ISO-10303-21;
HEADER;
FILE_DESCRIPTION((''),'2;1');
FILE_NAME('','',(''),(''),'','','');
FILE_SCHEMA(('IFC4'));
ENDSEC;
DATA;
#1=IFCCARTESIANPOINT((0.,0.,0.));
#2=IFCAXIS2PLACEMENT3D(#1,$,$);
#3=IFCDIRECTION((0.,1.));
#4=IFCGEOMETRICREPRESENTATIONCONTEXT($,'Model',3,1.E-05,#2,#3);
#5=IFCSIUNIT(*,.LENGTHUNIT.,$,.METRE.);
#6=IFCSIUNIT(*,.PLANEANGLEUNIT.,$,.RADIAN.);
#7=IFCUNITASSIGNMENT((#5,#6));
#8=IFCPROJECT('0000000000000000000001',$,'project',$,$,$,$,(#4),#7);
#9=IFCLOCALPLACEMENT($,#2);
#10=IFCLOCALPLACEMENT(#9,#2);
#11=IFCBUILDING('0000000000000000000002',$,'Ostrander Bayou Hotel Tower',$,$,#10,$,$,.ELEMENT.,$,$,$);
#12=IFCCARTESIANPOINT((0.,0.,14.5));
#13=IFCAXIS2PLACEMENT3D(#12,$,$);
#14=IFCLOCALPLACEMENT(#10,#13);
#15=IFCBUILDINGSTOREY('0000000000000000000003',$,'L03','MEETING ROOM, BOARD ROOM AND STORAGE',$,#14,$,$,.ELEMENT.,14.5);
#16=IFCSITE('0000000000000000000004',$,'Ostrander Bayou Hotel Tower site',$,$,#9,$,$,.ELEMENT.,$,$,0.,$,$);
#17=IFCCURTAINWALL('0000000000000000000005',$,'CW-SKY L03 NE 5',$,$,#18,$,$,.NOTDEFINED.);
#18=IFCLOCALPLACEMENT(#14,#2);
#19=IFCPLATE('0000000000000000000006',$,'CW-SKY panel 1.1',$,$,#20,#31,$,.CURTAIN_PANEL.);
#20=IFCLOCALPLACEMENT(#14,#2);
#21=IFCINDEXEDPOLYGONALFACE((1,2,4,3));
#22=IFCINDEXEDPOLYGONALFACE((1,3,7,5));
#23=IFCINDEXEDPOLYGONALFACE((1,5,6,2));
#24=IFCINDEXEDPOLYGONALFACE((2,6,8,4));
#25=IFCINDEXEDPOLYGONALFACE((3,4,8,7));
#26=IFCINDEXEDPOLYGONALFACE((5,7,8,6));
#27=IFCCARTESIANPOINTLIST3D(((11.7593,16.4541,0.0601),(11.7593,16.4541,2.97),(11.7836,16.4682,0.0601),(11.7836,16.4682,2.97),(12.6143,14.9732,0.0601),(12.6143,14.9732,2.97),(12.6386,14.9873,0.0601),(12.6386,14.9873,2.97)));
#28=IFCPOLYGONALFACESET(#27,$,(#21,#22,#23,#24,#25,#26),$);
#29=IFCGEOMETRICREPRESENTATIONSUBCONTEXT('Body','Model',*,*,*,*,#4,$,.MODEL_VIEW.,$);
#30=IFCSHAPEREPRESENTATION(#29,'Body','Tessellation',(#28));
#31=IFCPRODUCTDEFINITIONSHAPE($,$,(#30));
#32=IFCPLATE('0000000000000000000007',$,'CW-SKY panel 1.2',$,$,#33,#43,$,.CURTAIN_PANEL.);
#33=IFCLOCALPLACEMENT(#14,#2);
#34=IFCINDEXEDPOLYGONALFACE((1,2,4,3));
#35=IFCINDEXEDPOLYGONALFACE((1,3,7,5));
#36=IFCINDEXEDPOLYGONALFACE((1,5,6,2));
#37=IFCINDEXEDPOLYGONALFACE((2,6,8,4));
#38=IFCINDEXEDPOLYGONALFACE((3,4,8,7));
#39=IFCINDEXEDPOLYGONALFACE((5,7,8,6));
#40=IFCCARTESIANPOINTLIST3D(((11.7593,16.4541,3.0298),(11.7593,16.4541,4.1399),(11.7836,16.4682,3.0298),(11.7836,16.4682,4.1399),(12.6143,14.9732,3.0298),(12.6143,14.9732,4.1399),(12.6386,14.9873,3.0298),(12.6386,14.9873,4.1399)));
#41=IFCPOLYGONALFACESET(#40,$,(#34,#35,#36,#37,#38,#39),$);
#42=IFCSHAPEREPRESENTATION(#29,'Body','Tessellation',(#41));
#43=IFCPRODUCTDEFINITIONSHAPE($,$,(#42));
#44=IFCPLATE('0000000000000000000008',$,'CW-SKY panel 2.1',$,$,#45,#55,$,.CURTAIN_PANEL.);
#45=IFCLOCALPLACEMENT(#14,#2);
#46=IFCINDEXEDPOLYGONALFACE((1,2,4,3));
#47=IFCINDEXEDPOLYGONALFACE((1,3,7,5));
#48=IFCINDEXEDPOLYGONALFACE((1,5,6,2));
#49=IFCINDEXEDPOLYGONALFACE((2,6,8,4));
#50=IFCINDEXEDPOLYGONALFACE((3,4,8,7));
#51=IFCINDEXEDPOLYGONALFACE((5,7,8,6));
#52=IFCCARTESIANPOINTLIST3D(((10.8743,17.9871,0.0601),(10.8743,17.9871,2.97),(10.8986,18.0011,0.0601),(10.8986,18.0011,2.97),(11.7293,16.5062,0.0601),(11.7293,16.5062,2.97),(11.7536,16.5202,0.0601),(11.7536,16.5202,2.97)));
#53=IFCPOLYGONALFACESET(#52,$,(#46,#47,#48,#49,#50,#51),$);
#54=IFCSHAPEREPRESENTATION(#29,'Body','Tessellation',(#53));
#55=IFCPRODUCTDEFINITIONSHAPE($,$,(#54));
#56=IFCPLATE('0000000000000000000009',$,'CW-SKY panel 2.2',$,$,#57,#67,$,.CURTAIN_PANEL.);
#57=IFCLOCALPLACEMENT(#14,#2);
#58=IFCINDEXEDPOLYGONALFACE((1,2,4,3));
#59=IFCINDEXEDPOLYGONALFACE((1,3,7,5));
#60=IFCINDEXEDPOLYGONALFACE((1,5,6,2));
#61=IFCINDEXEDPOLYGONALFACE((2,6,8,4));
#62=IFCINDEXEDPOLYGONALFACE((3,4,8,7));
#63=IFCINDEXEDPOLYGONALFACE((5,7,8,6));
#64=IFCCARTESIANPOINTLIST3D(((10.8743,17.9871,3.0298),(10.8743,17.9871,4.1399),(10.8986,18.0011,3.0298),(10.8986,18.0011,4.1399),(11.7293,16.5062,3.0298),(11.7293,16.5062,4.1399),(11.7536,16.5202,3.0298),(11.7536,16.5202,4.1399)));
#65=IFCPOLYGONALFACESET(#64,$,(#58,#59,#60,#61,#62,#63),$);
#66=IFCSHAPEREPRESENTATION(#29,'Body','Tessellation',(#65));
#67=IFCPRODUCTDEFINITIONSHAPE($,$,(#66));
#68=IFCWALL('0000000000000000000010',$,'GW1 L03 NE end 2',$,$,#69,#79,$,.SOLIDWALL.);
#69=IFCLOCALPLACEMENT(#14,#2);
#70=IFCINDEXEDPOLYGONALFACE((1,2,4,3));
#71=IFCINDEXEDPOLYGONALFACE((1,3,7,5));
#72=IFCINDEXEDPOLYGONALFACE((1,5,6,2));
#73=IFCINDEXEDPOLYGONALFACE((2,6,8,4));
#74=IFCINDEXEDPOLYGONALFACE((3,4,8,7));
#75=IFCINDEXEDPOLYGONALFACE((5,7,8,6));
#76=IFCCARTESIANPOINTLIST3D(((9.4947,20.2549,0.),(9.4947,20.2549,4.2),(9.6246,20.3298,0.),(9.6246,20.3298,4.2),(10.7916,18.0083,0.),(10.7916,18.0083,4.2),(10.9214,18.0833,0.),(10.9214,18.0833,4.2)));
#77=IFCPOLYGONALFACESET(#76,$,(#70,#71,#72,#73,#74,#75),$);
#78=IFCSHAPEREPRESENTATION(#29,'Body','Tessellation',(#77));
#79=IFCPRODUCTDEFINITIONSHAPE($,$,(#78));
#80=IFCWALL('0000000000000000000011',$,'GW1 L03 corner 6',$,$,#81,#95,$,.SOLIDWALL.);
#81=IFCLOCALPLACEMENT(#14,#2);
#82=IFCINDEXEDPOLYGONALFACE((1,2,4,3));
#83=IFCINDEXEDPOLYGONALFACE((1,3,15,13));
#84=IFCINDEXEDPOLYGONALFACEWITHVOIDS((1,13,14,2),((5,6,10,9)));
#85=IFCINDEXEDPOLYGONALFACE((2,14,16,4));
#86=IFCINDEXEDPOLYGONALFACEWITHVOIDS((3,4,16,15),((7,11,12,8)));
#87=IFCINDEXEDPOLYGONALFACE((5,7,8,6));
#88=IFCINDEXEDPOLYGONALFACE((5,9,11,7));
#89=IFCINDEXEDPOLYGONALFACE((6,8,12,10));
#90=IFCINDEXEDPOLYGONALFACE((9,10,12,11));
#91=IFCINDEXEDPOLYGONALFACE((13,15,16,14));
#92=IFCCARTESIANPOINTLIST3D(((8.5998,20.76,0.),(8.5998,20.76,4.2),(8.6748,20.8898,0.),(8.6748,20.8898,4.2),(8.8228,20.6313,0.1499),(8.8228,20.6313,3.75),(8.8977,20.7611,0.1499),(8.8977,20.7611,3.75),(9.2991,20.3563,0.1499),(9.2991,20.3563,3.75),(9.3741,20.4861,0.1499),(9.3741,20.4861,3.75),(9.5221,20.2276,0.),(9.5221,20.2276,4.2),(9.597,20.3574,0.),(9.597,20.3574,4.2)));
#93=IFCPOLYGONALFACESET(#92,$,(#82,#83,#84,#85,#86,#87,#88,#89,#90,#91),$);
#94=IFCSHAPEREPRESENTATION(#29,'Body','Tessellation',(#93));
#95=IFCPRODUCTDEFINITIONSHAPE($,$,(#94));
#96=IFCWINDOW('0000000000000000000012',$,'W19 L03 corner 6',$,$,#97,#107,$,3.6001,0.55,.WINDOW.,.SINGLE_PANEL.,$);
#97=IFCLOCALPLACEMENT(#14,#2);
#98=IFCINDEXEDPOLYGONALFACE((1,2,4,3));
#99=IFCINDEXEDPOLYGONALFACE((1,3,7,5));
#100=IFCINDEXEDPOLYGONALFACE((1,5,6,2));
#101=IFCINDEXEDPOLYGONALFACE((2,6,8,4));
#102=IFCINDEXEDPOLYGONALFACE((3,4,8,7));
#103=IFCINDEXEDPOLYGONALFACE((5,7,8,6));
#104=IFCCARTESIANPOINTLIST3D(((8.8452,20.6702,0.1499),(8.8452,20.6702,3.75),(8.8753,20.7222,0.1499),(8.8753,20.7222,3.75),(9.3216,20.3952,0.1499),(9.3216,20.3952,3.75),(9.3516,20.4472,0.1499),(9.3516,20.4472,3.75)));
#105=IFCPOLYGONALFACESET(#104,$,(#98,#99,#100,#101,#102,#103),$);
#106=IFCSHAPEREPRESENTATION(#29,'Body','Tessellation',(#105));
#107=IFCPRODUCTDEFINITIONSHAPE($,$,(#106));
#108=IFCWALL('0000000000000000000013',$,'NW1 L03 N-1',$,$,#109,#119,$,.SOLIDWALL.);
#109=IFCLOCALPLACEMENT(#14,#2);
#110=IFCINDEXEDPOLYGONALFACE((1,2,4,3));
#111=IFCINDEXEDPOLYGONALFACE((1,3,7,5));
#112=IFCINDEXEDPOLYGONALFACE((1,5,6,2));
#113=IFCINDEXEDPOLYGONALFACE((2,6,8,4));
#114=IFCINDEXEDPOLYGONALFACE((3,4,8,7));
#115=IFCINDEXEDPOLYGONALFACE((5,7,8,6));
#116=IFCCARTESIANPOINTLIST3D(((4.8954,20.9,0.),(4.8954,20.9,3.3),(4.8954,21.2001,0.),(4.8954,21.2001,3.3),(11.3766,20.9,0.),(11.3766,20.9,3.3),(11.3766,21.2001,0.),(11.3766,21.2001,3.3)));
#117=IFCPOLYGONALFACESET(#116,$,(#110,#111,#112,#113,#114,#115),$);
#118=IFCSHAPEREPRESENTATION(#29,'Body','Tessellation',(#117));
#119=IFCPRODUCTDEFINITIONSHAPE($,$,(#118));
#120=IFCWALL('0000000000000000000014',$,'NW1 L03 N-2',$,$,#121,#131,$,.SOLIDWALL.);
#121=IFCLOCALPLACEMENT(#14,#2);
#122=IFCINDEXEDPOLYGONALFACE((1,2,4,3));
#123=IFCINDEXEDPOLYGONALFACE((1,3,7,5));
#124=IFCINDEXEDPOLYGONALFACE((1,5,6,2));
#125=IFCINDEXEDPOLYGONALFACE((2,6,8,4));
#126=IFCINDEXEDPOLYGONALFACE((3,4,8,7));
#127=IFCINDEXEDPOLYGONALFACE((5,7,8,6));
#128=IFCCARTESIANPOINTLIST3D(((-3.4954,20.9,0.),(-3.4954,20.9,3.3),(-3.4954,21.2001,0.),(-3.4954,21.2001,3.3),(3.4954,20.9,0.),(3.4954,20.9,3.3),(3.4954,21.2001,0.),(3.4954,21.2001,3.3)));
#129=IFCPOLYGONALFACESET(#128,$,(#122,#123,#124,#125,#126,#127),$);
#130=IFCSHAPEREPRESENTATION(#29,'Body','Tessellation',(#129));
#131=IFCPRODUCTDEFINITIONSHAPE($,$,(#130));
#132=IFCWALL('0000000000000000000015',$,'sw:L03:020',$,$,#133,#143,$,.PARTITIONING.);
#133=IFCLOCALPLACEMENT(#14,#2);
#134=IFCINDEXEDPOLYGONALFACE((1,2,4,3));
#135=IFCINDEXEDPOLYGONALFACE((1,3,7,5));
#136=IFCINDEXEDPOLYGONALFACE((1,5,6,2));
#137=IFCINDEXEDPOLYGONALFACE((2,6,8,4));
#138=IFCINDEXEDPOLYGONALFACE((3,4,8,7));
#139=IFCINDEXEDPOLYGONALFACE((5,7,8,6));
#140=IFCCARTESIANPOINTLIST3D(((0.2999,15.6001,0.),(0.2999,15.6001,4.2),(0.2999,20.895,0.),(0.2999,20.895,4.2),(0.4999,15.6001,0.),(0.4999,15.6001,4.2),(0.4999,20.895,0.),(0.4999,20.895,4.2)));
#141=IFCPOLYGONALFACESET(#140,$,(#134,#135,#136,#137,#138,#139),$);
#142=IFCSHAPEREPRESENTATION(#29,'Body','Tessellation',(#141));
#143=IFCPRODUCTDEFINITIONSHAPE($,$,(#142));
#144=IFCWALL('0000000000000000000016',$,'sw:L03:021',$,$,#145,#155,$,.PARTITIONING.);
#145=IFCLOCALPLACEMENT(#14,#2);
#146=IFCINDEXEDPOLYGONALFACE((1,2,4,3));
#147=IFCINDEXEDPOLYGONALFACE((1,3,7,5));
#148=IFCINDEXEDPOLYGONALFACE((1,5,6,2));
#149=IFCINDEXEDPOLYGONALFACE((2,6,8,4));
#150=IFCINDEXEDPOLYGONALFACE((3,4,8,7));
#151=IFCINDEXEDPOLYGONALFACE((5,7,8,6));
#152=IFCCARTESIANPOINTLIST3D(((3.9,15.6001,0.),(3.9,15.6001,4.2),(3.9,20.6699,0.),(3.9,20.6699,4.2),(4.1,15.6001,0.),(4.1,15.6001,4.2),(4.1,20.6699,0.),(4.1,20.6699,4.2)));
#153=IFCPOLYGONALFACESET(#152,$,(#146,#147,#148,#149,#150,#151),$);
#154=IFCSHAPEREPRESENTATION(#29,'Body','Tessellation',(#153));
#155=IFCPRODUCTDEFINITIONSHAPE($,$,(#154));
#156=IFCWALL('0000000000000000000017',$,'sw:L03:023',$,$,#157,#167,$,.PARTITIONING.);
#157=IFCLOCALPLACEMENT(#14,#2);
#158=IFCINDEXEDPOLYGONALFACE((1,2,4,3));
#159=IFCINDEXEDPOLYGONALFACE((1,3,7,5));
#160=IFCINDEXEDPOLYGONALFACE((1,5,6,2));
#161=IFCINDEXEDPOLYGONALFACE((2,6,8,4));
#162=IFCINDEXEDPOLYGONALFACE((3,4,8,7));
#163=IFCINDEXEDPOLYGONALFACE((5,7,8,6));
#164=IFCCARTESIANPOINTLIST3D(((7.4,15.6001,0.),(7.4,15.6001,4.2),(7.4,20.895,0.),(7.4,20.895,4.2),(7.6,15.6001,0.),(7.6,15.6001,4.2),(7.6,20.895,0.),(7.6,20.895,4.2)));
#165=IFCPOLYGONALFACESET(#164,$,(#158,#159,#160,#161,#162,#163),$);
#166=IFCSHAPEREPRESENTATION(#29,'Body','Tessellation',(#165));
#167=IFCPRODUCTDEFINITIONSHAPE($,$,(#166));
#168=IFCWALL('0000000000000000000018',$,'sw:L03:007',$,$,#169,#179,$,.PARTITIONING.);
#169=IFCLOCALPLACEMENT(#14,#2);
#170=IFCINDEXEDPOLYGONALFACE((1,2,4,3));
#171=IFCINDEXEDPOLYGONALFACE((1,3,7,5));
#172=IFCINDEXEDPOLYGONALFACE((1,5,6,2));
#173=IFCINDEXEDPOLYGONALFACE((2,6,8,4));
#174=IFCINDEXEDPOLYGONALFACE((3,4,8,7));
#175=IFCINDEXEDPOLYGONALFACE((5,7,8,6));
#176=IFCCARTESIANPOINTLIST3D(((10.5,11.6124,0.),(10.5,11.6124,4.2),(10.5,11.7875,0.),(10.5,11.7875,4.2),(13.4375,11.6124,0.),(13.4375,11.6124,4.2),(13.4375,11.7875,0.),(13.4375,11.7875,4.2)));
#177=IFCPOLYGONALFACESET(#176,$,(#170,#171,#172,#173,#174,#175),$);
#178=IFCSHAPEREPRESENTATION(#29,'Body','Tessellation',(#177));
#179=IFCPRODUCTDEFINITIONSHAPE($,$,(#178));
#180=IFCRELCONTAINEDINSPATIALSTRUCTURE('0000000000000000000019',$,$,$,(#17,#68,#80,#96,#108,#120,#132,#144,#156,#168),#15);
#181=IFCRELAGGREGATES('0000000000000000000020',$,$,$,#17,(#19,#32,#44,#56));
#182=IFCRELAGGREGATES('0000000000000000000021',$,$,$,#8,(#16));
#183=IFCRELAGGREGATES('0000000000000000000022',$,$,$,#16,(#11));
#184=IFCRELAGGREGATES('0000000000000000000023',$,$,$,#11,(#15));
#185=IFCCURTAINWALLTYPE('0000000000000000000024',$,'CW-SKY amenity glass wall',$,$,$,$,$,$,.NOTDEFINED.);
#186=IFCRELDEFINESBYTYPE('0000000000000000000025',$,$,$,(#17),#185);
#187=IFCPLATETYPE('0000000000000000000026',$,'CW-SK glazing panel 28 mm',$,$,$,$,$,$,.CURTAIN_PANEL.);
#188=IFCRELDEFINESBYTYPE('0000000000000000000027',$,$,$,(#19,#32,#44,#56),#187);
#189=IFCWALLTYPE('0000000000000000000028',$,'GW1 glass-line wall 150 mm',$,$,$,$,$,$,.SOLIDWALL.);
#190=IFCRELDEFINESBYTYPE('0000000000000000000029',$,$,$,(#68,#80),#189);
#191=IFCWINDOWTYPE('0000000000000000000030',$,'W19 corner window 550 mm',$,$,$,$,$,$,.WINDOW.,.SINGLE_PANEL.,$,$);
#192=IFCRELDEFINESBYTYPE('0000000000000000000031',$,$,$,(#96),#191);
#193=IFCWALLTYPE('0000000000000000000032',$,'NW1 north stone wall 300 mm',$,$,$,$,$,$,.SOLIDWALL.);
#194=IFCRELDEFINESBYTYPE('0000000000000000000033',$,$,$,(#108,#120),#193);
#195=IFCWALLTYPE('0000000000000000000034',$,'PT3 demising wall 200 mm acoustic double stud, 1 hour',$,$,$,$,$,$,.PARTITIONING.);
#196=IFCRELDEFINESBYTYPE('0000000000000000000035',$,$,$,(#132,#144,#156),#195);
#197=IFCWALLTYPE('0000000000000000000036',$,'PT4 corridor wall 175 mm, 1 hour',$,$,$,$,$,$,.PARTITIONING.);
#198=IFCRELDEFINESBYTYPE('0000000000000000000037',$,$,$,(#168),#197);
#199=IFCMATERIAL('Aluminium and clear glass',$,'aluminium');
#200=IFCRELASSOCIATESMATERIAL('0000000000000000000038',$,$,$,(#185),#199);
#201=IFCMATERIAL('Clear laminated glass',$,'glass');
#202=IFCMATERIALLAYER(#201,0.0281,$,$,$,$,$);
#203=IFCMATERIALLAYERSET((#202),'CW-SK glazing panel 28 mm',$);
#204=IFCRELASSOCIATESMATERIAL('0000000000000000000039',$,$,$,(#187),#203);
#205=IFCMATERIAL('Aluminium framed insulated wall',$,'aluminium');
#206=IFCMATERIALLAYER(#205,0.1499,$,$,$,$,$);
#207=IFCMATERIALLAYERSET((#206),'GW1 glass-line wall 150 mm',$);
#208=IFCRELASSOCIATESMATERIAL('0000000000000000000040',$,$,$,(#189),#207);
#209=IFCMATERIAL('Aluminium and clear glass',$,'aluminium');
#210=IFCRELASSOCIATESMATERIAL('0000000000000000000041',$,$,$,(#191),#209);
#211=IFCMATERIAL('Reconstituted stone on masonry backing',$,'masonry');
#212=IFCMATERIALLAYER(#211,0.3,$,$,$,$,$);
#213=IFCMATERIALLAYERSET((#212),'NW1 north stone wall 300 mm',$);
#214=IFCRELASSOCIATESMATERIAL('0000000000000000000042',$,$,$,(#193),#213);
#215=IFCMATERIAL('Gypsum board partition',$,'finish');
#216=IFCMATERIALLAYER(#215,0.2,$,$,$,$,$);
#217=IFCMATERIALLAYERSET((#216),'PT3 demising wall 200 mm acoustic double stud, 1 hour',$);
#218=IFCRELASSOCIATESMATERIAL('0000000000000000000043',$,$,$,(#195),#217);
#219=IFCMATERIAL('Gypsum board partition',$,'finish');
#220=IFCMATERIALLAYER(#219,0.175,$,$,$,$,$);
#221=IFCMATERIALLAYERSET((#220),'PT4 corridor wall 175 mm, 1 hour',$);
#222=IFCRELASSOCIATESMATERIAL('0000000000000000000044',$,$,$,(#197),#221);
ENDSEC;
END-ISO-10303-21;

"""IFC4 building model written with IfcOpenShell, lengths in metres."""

from ifc_helpers import new_model, si_unit, direction, frame, frame_2d, origin, origin_2d, place, context, subcontext, project, spatial, rectangle, extrude, material, layer, layer_set, type_object, element, fill, aggregate, save


model = new_model("IFC4")

# Units and contexts
model_context = context("Model", 3, precision=1e-05, world=origin(), true_north=direction((0.0, 1.0)))
body_context = subcontext(model_context, "Body", "Model", "MODEL_VIEW")
ifc_project = project(units=[si_unit("LENGTHUNIT", "METRE"), si_unit("PLANEANGLEUNIT", "RADIAN")], contexts=[model_context])

# Site, building, storey
site_placement = place(None, origin())
site = spatial("IfcSite", under=ifc_project, at=site_placement, Name="Ostrander Bayou Hotel Tower site", CompositionType="ELEMENT", RefElevation=0.0)
building_placement = place(site_placement, origin())
building = spatial("IfcBuilding", under=site, at=building_placement, Name="Ostrander Bayou Hotel Tower", CompositionType="ELEMENT")
storey_placement = place(building_placement, frame((0.0, 0.0, 14.5)))
storey = spatial("IfcBuildingStorey", under=building, at=storey_placement, Name="L03", Description="MEETING ROOM, BOARD ROOM AND STORAGE", CompositionType="ELEMENT", Elevation=14.5)

# Curtain wall
ifc_material_1 = material(Name="Aluminium and clear glass", Category="aluminium")
curtain_wall_type = type_object("IfcCurtainWallType", Name="CW-SKY amenity glass wall", PredefinedType="NOTDEFINED", material=ifc_material_1)
curtain_wall_placement = place(storey_placement, origin())
curtain_wall = element("IfcCurtainWall", 1, at=curtain_wall_placement, inside=storey, type_object=curtain_wall_type, Name="CW-SKY L03 NE 5", PredefinedType="NOTDEFINED")

# Plates
ifc_material_2 = material(Name="Clear laminated glass", Category="glass")
ifc_layer_1 = layer(ifc_material_2, 0.0281)
ifc_layer_set_1 = layer_set([ifc_layer_1], Name="CW-SK glazing panel 28 mm")
plate_type = type_object("IfcPlateType", Name="CW-SK glazing panel 28 mm", PredefinedType="CURTAIN_PANEL", material=ifc_layer_set_1)
plate_1_placement = place(storey_placement, frame((12.199, 15.7207, 0.0601), z_axis=(0.0, 0.0, 1.0), x_axis=(-0.499999, 0.866026, 0.0)))
plate_1 = element("IfcPlate", 2, at=plate_1_placement, type_object=plate_type, Name="CW-SKY panel 1.1", PredefinedType="CURTAIN_PANEL", context=body_context, shape_type="SweptSolid", body=[
    extrude(rectangle(XDim=1.71, YDim=0.0281, at=origin_2d()), origin(), (0.0, 0.0, 1.0), 2.9099),
])
plate_2_placement = place(storey_placement, frame((12.199, 15.7207, 3.0298), z_axis=(0.0, 0.0, 1.0), x_axis=(-0.499999, 0.866026, 0.0)))
plate_2 = element("IfcPlate", 3, at=plate_2_placement, type_object=plate_type, Name="CW-SKY panel 1.2", PredefinedType="CURTAIN_PANEL", context=body_context, shape_type="SweptSolid", body=[
    extrude(rectangle(XDim=1.71, YDim=0.0281, at=origin_2d()), origin(), (0.0, 0.0, 1.0), 1.1101),
])
plate_3_placement = place(storey_placement, frame((11.314, 17.2537, 0.0601), z_axis=(0.0, 0.0, 1.0), x_axis=(-0.499999, 0.866026, 0.0)))
plate_3 = element("IfcPlate", 4, at=plate_3_placement, type_object=plate_type, Name="CW-SKY panel 2.1", PredefinedType="CURTAIN_PANEL", context=body_context, shape_type="SweptSolid", body=[
    extrude(rectangle(XDim=1.71, YDim=0.0281, at=origin_2d()), origin(), (0.0, 0.0, 1.0), 2.9099),
])
plate_4_placement = place(storey_placement, frame((11.314, 17.2537, 3.0298), z_axis=(0.0, 0.0, 1.0), x_axis=(-0.499999, 0.866026, 0.0)))
plate_4 = element("IfcPlate", 5, at=plate_4_placement, type_object=plate_type, Name="CW-SKY panel 2.2", PredefinedType="CURTAIN_PANEL", context=body_context, shape_type="SweptSolid", body=[
    extrude(rectangle(XDim=1.71, YDim=0.0281, at=origin_2d()), origin(), (0.0, 0.0, 1.0), 1.1101),
])
aggregate(curtain_wall, [plate_1, plate_2, plate_3, plate_4])

# Wall
ifc_material_3 = material(Name="Aluminium framed insulated wall", Category="aluminium")
ifc_layer_2 = layer(ifc_material_3, 0.1499)
ifc_layer_set_2 = layer_set([ifc_layer_2], Name="GW1 glass-line wall 150 mm")
wall_type_1 = type_object("IfcWallType", Name="GW1 glass-line wall 150 mm", PredefinedType="SOLIDWALL", material=ifc_layer_set_2)
wall_1_placement = place(storey_placement, frame((10.8564, 18.0459, 0.0), z_axis=(0.0, 0.0, 1.0), x_axis=(-0.499945, 0.866057, 0.0)))
element("IfcWall", 6, at=wall_1_placement, inside=storey, type_object=wall_type_1, Name="GW1 L03 NE end 2", PredefinedType="SOLIDWALL", context=body_context, shape_type="SweptSolid", body=[
    extrude(rectangle(XDim=2.594, YDim=0.1499, at=frame_2d((1.2969, 0.0))), origin(), (0.0, 0.0, 1.0), 4.2),
])

# Wall, opening, window
wall_2_placement = place(storey_placement, frame((9.5596, 20.2925, 0.0), z_axis=(0.0, 0.0, 1.0), x_axis=(-0.866048, 0.499961, 0.0)))
wall_2 = element("IfcWall", 7, at=wall_2_placement, inside=storey, type_object=wall_type_1, Name="GW1 L03 corner 6", PredefinedType="SOLIDWALL", context=body_context, shape_type="SweptSolid", body=[
    extrude(rectangle(XDim=1.0649, YDim=0.1499, at=frame_2d((0.5325, 0.0))), origin(), (0.0, 0.0, 1.0), 4.2),
])
opening_1_placement = place(wall_2_placement, frame((0.2576, 0.0, 0.1499)))
opening_1 = element("IfcOpeningElement", 8, at=opening_1_placement, cuts=wall_2, PredefinedType="OPENING", context=body_context, shape_type="SweptSolid", body=[
    extrude(rectangle(XDim=0.55, YDim=3.6001, at=frame_2d((0.2749, 1.8))), frame((0.0, 0.075, 0.0), z_axis=(0.0, -1.0, 0.0), x_axis=(1.0, 0.0, 0.0)), (0.0, 0.0, 1.0), 0.1499),
])
ifc_material_4 = material(Name="Aluminium and clear glass", Category="aluminium")
window_type = type_object("IfcWindowType", Name="W19 corner window 550 mm", PartitioningType="SINGLE_PANEL", PredefinedType="WINDOW", material=ifc_material_4)
window_placement = place(opening_1_placement, origin())
window = element("IfcWindow", 9, at=window_placement, inside=storey, type_object=window_type, Name="W19 L03 corner 6", OverallHeight=3.6001, OverallWidth=0.55, PartitioningType="SINGLE_PANEL", PredefinedType="WINDOW", context=body_context, shape_type="SweptSolid", body=[
    extrude(rectangle(XDim=0.55, YDim=3.6001, at=frame_2d((0.2749, 1.8))), frame((0.0, 0.03, 0.0), z_axis=(0.0, -1.0, 0.0), x_axis=(1.0, 0.0, 0.0)), (0.0, 0.0, 1.0), 0.0601),
])
fill(opening_1, window)

# Walls
ifc_material_5 = material(Name="Reconstituted stone on masonry backing", Category="masonry")
ifc_layer_3 = layer(ifc_material_5, 0.3)
ifc_layer_set_3 = layer_set([ifc_layer_3], Name="NW1 north stone wall 300 mm")
wall_type_2 = type_object("IfcWallType", Name="NW1 north stone wall 300 mm", PredefinedType="SOLIDWALL", material=ifc_layer_set_3)
wall_3_placement = place(storey_placement, frame((11.3767, 21.05, 0.0), z_axis=(0.0, 0.0, 1.0), x_axis=(-1.0, 0.0, 0.0)))
element("IfcWall", 10, at=wall_3_placement, inside=storey, type_object=wall_type_2, Name="NW1 L03 N-1", PredefinedType="SOLIDWALL", context=body_context, shape_type="SweptSolid", body=[
    extrude(rectangle(XDim=6.4812, YDim=0.3, at=frame_2d((3.2407, 0.0))), origin(), (0.0, 0.0, 1.0), 3.3),
])
wall_4_placement = place(storey_placement, frame((3.4954, 21.05, 0.0), z_axis=(0.0, 0.0, 1.0), x_axis=(-1.0, 0.0, 0.0)))
element("IfcWall", 11, at=wall_4_placement, inside=storey, type_object=wall_type_2, Name="NW1 L03 N-2", PredefinedType="SOLIDWALL", context=body_context, shape_type="SweptSolid", body=[
    extrude(rectangle(XDim=6.9907, YDim=0.3, at=frame_2d((3.4954, 0.0))), origin(), (0.0, 0.0, 1.0), 3.3),
])
ifc_material_6 = material(Name="Gypsum board partition", Category="finish")
ifc_layer_4 = layer(ifc_material_6, 0.2)
ifc_layer_set_4 = layer_set([ifc_layer_4], Name="PT3 demising wall 200 mm acoustic double stud, 1 hour")
wall_type_3 = type_object("IfcWallType", Name="PT3 demising wall 200 mm acoustic double stud, 1 hour", PredefinedType="PARTITIONING", material=ifc_layer_set_4)
wall_5_placement = place(storey_placement, frame((0.3999, 15.6001, 0.0), z_axis=(0.0, 0.0, 1.0), x_axis=(0.0, 1.0, 0.0)))
element("IfcWall", 12, at=wall_5_placement, inside=storey, type_object=wall_type_3, Name="sw:L03:020", PredefinedType="PARTITIONING", context=body_context, shape_type="SweptSolid", body=[
    extrude(rectangle(XDim=5.2949, YDim=0.2, at=frame_2d((2.6475, 0.0))), origin(), (0.0, 0.0, 1.0), 4.2),
])
wall_6_placement = place(storey_placement, frame((4.0, 15.6001, 0.0), z_axis=(0.0, 0.0, 1.0), x_axis=(0.0, 1.0, 0.0)))
element("IfcWall", 13, at=wall_6_placement, inside=storey, type_object=wall_type_3, Name="sw:L03:021", PredefinedType="PARTITIONING", context=body_context, shape_type="SweptSolid", body=[
    extrude(rectangle(XDim=5.0698, YDim=0.2, at=frame_2d((2.5349, 0.0))), origin(), (0.0, 0.0, 1.0), 4.2),
])
wall_7_placement = place(storey_placement, frame((7.5, 15.6001, 0.0), z_axis=(0.0, 0.0, 1.0), x_axis=(0.0, 1.0, 0.0)))
element("IfcWall", 14, at=wall_7_placement, inside=storey, type_object=wall_type_3, Name="sw:L03:023", PredefinedType="PARTITIONING", context=body_context, shape_type="SweptSolid", body=[
    extrude(rectangle(XDim=5.2949, YDim=0.2, at=frame_2d((2.6475, 0.0))), origin(), (0.0, 0.0, 1.0), 4.2),
])
ifc_material_7 = material(Name="Gypsum board partition", Category="finish")
ifc_layer_5 = layer(ifc_material_7, 0.175)
ifc_layer_set_5 = layer_set([ifc_layer_5], Name="PT4 corridor wall 175 mm, 1 hour")
wall_type_4 = type_object("IfcWallType", Name="PT4 corridor wall 175 mm, 1 hour", PredefinedType="PARTITIONING", material=ifc_layer_set_5)
wall_8_placement = place(storey_placement, frame((10.5, 11.7, 0.0), z_axis=(0.0, 0.0, 1.0), x_axis=(1.0, 0.0, 0.0)))
element("IfcWall", 15, at=wall_8_placement, inside=storey, type_object=wall_type_4, Name="sw:L03:007", PredefinedType="PARTITIONING", context=body_context, shape_type="SweptSolid", body=[
    extrude(rectangle(XDim=2.9375, YDim=0.175, at=frame_2d((1.4688, 0.0))), origin(), (0.0, 0.0, 1.0), 4.2),
])

save(model, "model.ifc")
